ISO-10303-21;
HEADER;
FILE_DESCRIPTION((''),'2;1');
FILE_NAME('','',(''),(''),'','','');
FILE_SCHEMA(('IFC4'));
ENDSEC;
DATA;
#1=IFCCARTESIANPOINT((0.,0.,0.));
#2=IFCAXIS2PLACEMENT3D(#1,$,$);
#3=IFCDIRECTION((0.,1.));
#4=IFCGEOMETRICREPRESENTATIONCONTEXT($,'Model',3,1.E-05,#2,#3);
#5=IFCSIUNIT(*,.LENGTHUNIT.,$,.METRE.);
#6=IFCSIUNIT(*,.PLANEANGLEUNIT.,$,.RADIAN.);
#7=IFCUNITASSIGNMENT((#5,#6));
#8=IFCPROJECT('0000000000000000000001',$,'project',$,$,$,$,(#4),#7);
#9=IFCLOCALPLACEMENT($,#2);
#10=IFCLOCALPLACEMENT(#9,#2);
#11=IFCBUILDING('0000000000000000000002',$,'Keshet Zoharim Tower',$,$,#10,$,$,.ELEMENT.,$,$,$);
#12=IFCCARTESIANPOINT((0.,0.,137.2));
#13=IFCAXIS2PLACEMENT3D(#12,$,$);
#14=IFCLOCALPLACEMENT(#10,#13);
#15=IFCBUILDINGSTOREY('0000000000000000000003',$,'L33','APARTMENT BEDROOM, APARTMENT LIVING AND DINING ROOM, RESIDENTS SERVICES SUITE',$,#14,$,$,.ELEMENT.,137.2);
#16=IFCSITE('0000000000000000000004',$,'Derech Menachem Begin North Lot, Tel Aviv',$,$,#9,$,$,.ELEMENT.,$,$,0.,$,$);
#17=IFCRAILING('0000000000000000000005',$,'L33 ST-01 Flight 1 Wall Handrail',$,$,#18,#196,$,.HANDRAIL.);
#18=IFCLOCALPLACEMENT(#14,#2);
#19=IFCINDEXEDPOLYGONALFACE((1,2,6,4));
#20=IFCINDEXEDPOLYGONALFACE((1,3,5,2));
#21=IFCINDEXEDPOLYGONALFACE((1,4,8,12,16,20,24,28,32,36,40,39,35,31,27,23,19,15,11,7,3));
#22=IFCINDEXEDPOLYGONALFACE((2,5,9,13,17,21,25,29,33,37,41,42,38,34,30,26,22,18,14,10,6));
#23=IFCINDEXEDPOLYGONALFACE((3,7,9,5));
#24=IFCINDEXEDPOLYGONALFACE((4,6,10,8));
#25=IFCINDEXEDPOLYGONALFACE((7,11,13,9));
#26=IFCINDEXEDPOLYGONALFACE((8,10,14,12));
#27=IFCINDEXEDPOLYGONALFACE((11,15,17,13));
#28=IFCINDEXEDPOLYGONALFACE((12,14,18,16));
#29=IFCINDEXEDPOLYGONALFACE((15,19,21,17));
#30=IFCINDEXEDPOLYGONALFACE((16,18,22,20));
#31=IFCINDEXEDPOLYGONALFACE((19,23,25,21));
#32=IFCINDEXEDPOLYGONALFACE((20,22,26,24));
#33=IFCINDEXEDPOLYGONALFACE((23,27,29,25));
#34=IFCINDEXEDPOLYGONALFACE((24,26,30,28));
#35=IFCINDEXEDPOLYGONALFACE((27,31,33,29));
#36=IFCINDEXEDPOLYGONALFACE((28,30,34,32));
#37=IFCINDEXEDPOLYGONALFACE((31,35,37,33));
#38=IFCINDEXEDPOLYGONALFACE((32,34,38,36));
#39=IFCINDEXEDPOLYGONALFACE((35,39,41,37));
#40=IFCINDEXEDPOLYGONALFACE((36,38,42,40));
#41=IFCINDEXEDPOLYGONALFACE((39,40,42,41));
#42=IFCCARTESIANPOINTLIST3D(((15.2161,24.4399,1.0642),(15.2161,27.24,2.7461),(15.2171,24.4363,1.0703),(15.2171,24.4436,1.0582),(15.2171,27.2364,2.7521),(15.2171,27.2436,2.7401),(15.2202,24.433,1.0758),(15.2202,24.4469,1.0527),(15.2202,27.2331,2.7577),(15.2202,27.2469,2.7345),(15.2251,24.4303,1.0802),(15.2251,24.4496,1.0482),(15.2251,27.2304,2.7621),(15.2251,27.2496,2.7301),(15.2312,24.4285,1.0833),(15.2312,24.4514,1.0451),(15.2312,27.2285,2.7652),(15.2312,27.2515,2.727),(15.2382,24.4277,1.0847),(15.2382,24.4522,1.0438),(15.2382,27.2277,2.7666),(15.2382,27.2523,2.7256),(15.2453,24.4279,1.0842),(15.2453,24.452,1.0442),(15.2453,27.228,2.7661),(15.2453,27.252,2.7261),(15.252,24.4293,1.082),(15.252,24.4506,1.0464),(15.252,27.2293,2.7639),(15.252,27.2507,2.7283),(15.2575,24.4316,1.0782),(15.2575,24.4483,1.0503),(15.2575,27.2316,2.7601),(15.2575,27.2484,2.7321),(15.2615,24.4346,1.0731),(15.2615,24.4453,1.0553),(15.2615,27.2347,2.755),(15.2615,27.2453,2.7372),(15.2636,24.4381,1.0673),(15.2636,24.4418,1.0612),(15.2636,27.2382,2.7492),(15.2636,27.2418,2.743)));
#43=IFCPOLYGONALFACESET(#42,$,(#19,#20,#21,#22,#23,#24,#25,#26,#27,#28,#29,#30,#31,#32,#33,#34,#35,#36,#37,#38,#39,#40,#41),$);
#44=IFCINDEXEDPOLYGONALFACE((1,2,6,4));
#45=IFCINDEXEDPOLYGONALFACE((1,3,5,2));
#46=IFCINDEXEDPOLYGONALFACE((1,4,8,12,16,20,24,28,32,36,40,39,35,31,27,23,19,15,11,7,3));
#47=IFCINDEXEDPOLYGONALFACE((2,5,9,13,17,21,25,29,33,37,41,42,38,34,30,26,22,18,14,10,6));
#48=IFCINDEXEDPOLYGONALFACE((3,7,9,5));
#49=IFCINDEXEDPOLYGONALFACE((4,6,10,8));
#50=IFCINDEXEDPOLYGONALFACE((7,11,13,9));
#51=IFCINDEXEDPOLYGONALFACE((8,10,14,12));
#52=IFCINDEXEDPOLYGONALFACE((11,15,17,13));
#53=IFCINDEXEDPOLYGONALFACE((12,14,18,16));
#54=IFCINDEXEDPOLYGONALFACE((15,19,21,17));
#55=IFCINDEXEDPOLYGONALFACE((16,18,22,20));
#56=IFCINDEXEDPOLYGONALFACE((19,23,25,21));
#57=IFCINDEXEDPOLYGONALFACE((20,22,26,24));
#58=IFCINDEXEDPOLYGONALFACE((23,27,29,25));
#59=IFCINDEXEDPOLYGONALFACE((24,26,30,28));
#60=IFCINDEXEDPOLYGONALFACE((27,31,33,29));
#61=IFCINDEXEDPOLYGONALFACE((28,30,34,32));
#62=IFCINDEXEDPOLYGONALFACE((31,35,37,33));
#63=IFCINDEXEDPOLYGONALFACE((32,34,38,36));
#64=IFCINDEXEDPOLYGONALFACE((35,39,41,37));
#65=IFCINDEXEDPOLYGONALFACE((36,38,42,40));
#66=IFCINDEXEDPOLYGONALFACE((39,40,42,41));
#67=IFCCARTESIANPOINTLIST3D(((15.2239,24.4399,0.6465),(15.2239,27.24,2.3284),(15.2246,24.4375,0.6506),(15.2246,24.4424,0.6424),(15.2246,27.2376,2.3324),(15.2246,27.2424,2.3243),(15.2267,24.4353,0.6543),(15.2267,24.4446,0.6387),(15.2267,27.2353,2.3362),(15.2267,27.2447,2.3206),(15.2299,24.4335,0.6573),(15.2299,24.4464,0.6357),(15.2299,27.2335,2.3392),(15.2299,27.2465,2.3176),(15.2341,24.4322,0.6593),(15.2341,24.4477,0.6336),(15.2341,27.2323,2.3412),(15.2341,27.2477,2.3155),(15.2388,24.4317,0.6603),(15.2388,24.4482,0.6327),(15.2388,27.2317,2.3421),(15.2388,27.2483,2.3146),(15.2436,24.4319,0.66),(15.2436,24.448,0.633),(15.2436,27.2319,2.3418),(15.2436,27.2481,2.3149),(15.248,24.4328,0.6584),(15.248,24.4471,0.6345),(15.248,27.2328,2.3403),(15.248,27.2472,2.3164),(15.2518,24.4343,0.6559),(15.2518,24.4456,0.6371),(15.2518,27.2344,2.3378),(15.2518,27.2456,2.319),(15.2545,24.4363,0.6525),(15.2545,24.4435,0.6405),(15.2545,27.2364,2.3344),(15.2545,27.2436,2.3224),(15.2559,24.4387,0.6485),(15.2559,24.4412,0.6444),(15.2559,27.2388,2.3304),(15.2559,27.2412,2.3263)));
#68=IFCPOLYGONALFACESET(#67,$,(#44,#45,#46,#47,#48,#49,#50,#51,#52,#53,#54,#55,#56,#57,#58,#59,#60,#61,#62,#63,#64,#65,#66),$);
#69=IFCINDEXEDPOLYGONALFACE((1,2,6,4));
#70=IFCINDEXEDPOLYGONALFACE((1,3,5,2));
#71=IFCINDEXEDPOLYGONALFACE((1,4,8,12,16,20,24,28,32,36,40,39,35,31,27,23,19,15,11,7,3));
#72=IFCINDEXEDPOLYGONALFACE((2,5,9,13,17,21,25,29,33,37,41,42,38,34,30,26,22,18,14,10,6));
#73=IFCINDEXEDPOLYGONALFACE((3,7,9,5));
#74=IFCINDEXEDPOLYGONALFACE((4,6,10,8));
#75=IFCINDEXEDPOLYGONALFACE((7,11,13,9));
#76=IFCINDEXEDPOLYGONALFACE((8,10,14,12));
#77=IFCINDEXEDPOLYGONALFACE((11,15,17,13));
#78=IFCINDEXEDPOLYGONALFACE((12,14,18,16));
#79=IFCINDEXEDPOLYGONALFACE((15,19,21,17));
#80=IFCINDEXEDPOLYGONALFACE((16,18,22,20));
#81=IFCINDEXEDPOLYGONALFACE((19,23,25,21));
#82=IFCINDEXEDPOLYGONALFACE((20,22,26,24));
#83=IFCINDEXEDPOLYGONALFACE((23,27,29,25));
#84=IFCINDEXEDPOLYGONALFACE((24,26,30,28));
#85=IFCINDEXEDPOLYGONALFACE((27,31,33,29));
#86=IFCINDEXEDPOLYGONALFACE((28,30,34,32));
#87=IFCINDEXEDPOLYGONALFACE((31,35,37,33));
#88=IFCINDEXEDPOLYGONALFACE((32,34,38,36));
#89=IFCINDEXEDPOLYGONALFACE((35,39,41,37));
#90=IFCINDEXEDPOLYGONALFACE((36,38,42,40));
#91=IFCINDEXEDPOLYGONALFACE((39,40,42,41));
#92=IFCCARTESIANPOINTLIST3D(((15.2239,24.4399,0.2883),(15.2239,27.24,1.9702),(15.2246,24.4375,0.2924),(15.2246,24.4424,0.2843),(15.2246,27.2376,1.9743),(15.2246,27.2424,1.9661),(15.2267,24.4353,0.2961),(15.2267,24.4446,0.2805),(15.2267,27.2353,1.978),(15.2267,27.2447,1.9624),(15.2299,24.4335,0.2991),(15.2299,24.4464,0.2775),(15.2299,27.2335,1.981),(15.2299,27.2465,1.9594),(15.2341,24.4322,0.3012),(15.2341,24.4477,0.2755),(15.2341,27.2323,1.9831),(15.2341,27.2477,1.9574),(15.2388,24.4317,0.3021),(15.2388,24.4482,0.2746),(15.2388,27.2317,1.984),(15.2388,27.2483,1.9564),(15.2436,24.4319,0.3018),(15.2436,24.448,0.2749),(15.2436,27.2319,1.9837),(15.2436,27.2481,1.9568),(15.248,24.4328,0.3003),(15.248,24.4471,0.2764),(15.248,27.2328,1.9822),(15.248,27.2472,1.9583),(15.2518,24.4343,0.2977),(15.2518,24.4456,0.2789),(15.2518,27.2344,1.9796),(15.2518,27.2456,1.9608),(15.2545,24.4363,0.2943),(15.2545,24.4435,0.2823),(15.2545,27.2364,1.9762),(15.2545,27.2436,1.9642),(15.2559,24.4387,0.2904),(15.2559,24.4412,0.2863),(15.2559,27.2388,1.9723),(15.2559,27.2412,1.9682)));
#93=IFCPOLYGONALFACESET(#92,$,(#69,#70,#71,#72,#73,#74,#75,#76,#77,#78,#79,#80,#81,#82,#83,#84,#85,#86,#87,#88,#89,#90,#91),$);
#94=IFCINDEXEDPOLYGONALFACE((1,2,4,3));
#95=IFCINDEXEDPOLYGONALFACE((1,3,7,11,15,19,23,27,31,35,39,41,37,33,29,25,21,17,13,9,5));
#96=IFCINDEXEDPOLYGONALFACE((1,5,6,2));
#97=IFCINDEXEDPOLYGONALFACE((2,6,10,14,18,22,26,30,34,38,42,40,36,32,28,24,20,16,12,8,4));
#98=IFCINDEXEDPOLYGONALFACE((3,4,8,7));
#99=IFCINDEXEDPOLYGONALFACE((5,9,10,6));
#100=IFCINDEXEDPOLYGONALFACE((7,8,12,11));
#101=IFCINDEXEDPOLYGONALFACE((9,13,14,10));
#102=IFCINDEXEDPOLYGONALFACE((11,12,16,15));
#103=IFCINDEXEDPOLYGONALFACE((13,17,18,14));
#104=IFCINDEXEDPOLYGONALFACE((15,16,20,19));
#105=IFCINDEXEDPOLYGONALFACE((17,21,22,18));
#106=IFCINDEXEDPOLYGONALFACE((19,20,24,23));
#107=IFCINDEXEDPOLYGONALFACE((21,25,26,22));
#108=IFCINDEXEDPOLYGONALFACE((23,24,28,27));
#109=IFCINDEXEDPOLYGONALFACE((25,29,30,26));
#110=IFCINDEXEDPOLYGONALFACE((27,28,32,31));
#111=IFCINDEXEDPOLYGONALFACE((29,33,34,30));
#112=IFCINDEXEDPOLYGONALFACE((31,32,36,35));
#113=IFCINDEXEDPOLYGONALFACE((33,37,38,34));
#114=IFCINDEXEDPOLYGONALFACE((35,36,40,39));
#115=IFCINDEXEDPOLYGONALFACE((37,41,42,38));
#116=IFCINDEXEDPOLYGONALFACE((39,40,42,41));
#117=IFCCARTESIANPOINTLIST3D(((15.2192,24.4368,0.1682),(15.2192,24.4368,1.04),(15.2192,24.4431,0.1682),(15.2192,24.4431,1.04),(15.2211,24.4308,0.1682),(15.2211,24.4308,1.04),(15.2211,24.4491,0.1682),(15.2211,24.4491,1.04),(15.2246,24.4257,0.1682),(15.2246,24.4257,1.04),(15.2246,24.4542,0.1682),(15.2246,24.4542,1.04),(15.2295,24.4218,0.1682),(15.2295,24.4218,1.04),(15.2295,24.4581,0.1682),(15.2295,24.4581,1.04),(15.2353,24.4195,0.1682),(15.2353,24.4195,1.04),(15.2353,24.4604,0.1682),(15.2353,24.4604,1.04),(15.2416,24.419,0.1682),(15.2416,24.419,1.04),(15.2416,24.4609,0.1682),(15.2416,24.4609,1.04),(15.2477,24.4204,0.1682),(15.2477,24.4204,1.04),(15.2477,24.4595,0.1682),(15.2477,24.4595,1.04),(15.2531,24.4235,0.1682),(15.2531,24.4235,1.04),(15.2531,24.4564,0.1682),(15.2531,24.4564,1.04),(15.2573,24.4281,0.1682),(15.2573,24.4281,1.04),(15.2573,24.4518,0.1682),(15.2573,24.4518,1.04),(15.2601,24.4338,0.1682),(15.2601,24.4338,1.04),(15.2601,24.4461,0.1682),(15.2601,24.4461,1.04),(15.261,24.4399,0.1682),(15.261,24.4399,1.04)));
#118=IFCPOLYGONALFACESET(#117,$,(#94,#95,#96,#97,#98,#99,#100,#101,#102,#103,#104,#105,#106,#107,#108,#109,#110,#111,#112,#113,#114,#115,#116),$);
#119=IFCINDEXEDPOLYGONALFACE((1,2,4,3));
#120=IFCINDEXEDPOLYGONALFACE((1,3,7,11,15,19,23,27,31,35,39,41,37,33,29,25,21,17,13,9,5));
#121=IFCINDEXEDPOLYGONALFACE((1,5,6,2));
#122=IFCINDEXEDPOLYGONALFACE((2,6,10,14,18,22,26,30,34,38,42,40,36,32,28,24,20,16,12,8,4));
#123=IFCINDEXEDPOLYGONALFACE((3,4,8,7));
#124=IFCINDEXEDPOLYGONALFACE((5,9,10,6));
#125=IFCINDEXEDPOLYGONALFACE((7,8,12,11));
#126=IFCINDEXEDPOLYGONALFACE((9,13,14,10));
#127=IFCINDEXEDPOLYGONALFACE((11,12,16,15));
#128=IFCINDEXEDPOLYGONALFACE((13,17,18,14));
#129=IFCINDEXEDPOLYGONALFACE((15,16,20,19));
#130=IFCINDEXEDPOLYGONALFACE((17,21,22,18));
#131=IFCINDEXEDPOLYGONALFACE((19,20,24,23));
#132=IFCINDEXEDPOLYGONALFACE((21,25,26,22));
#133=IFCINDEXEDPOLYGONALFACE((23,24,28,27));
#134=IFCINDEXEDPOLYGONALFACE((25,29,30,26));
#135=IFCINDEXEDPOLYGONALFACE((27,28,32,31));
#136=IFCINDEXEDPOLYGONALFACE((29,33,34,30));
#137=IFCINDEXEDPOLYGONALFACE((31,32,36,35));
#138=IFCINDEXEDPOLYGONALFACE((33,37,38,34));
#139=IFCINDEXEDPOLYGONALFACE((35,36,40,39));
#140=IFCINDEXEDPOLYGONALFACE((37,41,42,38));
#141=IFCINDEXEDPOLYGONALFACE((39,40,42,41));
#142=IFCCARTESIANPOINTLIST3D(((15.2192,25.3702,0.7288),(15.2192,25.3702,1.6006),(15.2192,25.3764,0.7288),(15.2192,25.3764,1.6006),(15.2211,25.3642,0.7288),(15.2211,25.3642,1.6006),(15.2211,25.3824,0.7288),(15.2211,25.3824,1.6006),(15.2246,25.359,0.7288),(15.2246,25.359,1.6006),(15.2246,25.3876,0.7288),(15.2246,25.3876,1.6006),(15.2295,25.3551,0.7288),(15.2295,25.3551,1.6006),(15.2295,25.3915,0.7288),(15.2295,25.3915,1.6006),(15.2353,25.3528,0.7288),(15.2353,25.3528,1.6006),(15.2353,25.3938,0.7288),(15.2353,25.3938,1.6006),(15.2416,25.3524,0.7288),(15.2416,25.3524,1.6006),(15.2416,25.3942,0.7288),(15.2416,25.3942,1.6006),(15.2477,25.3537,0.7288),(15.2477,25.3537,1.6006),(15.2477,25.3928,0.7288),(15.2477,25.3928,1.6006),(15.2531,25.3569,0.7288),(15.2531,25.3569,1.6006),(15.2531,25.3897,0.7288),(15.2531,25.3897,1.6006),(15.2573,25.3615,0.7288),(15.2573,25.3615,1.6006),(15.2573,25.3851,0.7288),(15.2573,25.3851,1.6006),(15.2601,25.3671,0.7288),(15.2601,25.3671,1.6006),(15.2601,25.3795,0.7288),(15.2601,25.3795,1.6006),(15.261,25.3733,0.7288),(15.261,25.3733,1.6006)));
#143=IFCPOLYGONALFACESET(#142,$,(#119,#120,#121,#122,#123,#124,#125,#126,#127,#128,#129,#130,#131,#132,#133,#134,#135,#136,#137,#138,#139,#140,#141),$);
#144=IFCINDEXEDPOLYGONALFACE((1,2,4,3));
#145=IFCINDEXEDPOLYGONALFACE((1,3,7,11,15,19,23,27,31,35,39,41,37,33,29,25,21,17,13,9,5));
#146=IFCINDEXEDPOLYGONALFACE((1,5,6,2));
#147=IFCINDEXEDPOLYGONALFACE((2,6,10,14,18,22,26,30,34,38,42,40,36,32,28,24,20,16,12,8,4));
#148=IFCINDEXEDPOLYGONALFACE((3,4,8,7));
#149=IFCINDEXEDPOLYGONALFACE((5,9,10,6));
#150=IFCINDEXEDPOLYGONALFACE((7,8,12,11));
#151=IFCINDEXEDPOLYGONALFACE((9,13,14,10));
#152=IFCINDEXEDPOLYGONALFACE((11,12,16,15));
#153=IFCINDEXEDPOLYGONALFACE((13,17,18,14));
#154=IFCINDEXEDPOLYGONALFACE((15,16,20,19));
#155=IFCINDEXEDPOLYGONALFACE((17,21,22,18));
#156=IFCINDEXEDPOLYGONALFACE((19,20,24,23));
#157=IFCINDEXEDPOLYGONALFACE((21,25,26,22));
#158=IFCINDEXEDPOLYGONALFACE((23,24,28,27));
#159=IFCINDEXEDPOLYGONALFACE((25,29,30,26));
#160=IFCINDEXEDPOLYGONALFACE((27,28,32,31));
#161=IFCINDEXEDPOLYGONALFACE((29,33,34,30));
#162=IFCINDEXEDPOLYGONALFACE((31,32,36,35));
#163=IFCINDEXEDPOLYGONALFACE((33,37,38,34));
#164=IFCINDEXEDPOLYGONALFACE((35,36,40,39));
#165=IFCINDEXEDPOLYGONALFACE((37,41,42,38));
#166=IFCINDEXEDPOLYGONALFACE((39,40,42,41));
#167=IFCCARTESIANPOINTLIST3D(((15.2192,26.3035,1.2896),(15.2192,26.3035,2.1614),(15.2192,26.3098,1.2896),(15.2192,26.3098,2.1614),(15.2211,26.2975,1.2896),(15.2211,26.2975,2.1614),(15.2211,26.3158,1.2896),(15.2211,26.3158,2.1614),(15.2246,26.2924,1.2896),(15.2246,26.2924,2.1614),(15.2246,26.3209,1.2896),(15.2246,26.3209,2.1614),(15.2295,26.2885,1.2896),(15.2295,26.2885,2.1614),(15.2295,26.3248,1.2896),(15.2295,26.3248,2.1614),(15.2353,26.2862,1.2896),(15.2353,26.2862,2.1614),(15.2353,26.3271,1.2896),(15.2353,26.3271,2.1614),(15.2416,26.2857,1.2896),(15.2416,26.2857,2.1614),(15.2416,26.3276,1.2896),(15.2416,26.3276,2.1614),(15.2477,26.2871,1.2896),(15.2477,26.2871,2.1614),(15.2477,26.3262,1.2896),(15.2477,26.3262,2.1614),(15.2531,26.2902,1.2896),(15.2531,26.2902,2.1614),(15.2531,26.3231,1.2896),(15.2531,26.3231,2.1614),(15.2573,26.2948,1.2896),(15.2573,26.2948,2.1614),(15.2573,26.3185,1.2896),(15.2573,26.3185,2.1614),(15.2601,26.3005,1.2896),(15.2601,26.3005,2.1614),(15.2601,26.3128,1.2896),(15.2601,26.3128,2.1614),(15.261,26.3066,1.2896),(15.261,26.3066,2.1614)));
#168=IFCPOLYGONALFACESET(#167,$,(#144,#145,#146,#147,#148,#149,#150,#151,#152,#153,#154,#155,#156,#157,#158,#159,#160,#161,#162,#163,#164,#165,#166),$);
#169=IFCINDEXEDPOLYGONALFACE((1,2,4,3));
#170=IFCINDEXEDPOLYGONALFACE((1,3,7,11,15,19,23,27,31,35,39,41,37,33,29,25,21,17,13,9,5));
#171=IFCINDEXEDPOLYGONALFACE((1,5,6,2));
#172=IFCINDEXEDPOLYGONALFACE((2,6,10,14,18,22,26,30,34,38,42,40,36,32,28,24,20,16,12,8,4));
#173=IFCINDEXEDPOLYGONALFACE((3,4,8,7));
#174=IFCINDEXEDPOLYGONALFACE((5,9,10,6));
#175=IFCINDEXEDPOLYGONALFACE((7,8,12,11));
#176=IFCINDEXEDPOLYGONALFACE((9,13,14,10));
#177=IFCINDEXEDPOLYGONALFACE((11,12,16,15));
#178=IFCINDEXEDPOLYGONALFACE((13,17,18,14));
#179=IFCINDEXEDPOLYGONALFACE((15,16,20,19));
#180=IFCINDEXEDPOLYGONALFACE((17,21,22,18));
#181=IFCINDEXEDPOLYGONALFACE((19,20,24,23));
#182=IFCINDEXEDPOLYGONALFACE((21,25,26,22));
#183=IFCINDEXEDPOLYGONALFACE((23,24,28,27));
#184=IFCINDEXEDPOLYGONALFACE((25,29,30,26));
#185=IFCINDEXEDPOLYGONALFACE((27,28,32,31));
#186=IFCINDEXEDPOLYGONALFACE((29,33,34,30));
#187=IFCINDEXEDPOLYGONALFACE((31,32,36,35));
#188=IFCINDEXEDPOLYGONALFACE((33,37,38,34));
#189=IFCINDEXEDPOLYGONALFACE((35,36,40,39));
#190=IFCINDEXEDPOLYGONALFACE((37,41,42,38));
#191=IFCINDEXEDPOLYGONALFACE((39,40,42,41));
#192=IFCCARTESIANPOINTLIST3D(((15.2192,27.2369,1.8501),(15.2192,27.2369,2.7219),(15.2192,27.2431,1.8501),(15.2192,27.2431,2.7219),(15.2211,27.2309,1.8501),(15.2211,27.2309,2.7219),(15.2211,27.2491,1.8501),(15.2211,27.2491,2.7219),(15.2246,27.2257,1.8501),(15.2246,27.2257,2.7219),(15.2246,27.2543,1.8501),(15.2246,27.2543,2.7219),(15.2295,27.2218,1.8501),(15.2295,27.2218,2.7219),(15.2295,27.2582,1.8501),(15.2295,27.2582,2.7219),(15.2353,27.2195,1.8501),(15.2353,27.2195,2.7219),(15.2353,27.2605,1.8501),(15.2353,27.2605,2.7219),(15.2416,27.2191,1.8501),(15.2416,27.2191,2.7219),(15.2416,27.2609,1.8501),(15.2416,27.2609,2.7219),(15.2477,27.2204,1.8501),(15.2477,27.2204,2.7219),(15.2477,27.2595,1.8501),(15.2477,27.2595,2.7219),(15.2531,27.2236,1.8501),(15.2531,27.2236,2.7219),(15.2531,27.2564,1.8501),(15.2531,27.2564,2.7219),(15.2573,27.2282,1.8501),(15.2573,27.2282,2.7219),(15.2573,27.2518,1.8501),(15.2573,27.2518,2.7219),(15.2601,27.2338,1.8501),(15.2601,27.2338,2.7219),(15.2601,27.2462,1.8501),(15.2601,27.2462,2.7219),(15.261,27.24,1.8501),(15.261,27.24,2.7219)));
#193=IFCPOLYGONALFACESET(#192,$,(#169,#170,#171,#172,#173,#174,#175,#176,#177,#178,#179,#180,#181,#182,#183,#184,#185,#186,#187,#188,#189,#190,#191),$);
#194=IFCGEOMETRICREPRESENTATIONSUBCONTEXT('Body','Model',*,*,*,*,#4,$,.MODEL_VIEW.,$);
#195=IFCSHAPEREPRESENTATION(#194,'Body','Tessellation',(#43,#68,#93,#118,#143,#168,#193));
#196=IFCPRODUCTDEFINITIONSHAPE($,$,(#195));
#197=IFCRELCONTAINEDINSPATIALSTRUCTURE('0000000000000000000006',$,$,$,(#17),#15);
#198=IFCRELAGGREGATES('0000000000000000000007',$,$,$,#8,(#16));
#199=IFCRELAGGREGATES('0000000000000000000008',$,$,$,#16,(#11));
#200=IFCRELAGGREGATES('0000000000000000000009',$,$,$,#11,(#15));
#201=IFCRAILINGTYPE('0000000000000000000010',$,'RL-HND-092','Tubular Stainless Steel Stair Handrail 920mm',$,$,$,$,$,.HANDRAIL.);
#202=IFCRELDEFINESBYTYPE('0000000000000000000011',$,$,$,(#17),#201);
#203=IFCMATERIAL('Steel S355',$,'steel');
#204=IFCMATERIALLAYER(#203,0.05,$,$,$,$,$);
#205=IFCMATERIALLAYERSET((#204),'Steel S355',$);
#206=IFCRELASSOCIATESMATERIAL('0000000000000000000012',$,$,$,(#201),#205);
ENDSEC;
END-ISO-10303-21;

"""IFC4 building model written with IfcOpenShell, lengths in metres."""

from ifc_helpers import new_model, si_unit, direction, frame, origin, origin_2d, place, context, subcontext, project, spatial, circle, extrude, material, layer, layer_set, type_object, element, save


model = new_model("IFC4")

# Units and contexts
model_context = context("Model", 3, precision=1e-05, world=origin(), true_north=direction((0.0, 1.0)))
body_context = subcontext(model_context, "Body", "Model", "MODEL_VIEW")
ifc_project = project(units=[si_unit("LENGTHUNIT", "METRE"), si_unit("PLANEANGLEUNIT", "RADIAN")], contexts=[model_context])

# Site, building, storey
site_placement = place(None, origin())
site = spatial("IfcSite", under=ifc_project, at=site_placement, Name="Derech Menachem Begin North Lot, Tel Aviv", CompositionType="ELEMENT", RefElevation=0.0)
building_placement = place(site_placement, origin())
building = spatial("IfcBuilding", under=site, at=building_placement, Name="Keshet Zoharim Tower", CompositionType="ELEMENT")
storey_placement = place(building_placement, frame((0.0, 0.0, 137.2)))
storey = spatial("IfcBuildingStorey", under=building, at=storey_placement, Name="L33", Description="APARTMENT BEDROOM, APARTMENT LIVING AND DINING ROOM, RESIDENTS SERVICES SUITE", CompositionType="ELEMENT", Elevation=137.2)

# Railing
ifc_material_1 = material(Name="Steel S355", Category="steel")
ifc_layer_1 = layer(ifc_material_1, 0.05)
ifc_layer_set_1 = layer_set([ifc_layer_1], Name="Steel S355")
railing_type_1 = type_object("IfcRailingType", Name="RL-HND-092", Description="Tubular Stainless Steel Stair Handrail 920mm", PredefinedType="HANDRAIL", material=ifc_layer_set_1)
railing_1_placement = place(storey_placement, frame((15.24, 24.4399, 0.1682)))
element("IfcRailing", 1, at=railing_1_placement, inside=storey, type_object=railing_type_1, Name="L33 ST-01 Flight 1 Wall Handrail", PredefinedType="HANDRAIL", context=body_context, shape_type="SweptSolid", body=[
    extrude(circle(Radius=0.0239, at=origin_2d()), frame((0.0, 0.0, 0.896), z_axis=(0.0, 0.857242, 0.514913), x_axis=(-1.0, 0.0, 0.0)), (0.0, 0.0, 1.0), 3.2664),
    extrude(circle(Radius=0.0161, at=origin_2d()), frame((0.0, 0.0, 0.4783), z_axis=(0.0, 0.857242, 0.514913), x_axis=(-1.0, 0.0, 0.0)), (0.0, 0.0, 1.0), 3.2664),
    extrude(circle(Radius=0.0161, at=origin_2d()), frame((0.0, 0.0, 0.1201), z_axis=(0.0, 0.857242, 0.514913), x_axis=(-1.0, 0.0, 0.0)), (0.0, 0.0, 1.0), 3.2664),
    extrude(circle(Radius=0.021, at=origin_2d()), origin(), (0.0, 0.0, 1.0), 0.8718),
    extrude(circle(Radius=0.021, at=origin_2d()), frame((0.0, 0.9333, 0.5605)), (0.0, 0.0, 1.0), 0.8718),
    extrude(circle(Radius=0.021, at=origin_2d()), frame((0.0, 1.8667, 1.1213)), (0.0, 0.0, 1.0), 0.8718),
    extrude(circle(Radius=0.021, at=origin_2d()), frame((0.0, 2.8, 1.6819)), (0.0, 0.0, 1.0), 0.8718),
])

save(model, "model.ifc")
